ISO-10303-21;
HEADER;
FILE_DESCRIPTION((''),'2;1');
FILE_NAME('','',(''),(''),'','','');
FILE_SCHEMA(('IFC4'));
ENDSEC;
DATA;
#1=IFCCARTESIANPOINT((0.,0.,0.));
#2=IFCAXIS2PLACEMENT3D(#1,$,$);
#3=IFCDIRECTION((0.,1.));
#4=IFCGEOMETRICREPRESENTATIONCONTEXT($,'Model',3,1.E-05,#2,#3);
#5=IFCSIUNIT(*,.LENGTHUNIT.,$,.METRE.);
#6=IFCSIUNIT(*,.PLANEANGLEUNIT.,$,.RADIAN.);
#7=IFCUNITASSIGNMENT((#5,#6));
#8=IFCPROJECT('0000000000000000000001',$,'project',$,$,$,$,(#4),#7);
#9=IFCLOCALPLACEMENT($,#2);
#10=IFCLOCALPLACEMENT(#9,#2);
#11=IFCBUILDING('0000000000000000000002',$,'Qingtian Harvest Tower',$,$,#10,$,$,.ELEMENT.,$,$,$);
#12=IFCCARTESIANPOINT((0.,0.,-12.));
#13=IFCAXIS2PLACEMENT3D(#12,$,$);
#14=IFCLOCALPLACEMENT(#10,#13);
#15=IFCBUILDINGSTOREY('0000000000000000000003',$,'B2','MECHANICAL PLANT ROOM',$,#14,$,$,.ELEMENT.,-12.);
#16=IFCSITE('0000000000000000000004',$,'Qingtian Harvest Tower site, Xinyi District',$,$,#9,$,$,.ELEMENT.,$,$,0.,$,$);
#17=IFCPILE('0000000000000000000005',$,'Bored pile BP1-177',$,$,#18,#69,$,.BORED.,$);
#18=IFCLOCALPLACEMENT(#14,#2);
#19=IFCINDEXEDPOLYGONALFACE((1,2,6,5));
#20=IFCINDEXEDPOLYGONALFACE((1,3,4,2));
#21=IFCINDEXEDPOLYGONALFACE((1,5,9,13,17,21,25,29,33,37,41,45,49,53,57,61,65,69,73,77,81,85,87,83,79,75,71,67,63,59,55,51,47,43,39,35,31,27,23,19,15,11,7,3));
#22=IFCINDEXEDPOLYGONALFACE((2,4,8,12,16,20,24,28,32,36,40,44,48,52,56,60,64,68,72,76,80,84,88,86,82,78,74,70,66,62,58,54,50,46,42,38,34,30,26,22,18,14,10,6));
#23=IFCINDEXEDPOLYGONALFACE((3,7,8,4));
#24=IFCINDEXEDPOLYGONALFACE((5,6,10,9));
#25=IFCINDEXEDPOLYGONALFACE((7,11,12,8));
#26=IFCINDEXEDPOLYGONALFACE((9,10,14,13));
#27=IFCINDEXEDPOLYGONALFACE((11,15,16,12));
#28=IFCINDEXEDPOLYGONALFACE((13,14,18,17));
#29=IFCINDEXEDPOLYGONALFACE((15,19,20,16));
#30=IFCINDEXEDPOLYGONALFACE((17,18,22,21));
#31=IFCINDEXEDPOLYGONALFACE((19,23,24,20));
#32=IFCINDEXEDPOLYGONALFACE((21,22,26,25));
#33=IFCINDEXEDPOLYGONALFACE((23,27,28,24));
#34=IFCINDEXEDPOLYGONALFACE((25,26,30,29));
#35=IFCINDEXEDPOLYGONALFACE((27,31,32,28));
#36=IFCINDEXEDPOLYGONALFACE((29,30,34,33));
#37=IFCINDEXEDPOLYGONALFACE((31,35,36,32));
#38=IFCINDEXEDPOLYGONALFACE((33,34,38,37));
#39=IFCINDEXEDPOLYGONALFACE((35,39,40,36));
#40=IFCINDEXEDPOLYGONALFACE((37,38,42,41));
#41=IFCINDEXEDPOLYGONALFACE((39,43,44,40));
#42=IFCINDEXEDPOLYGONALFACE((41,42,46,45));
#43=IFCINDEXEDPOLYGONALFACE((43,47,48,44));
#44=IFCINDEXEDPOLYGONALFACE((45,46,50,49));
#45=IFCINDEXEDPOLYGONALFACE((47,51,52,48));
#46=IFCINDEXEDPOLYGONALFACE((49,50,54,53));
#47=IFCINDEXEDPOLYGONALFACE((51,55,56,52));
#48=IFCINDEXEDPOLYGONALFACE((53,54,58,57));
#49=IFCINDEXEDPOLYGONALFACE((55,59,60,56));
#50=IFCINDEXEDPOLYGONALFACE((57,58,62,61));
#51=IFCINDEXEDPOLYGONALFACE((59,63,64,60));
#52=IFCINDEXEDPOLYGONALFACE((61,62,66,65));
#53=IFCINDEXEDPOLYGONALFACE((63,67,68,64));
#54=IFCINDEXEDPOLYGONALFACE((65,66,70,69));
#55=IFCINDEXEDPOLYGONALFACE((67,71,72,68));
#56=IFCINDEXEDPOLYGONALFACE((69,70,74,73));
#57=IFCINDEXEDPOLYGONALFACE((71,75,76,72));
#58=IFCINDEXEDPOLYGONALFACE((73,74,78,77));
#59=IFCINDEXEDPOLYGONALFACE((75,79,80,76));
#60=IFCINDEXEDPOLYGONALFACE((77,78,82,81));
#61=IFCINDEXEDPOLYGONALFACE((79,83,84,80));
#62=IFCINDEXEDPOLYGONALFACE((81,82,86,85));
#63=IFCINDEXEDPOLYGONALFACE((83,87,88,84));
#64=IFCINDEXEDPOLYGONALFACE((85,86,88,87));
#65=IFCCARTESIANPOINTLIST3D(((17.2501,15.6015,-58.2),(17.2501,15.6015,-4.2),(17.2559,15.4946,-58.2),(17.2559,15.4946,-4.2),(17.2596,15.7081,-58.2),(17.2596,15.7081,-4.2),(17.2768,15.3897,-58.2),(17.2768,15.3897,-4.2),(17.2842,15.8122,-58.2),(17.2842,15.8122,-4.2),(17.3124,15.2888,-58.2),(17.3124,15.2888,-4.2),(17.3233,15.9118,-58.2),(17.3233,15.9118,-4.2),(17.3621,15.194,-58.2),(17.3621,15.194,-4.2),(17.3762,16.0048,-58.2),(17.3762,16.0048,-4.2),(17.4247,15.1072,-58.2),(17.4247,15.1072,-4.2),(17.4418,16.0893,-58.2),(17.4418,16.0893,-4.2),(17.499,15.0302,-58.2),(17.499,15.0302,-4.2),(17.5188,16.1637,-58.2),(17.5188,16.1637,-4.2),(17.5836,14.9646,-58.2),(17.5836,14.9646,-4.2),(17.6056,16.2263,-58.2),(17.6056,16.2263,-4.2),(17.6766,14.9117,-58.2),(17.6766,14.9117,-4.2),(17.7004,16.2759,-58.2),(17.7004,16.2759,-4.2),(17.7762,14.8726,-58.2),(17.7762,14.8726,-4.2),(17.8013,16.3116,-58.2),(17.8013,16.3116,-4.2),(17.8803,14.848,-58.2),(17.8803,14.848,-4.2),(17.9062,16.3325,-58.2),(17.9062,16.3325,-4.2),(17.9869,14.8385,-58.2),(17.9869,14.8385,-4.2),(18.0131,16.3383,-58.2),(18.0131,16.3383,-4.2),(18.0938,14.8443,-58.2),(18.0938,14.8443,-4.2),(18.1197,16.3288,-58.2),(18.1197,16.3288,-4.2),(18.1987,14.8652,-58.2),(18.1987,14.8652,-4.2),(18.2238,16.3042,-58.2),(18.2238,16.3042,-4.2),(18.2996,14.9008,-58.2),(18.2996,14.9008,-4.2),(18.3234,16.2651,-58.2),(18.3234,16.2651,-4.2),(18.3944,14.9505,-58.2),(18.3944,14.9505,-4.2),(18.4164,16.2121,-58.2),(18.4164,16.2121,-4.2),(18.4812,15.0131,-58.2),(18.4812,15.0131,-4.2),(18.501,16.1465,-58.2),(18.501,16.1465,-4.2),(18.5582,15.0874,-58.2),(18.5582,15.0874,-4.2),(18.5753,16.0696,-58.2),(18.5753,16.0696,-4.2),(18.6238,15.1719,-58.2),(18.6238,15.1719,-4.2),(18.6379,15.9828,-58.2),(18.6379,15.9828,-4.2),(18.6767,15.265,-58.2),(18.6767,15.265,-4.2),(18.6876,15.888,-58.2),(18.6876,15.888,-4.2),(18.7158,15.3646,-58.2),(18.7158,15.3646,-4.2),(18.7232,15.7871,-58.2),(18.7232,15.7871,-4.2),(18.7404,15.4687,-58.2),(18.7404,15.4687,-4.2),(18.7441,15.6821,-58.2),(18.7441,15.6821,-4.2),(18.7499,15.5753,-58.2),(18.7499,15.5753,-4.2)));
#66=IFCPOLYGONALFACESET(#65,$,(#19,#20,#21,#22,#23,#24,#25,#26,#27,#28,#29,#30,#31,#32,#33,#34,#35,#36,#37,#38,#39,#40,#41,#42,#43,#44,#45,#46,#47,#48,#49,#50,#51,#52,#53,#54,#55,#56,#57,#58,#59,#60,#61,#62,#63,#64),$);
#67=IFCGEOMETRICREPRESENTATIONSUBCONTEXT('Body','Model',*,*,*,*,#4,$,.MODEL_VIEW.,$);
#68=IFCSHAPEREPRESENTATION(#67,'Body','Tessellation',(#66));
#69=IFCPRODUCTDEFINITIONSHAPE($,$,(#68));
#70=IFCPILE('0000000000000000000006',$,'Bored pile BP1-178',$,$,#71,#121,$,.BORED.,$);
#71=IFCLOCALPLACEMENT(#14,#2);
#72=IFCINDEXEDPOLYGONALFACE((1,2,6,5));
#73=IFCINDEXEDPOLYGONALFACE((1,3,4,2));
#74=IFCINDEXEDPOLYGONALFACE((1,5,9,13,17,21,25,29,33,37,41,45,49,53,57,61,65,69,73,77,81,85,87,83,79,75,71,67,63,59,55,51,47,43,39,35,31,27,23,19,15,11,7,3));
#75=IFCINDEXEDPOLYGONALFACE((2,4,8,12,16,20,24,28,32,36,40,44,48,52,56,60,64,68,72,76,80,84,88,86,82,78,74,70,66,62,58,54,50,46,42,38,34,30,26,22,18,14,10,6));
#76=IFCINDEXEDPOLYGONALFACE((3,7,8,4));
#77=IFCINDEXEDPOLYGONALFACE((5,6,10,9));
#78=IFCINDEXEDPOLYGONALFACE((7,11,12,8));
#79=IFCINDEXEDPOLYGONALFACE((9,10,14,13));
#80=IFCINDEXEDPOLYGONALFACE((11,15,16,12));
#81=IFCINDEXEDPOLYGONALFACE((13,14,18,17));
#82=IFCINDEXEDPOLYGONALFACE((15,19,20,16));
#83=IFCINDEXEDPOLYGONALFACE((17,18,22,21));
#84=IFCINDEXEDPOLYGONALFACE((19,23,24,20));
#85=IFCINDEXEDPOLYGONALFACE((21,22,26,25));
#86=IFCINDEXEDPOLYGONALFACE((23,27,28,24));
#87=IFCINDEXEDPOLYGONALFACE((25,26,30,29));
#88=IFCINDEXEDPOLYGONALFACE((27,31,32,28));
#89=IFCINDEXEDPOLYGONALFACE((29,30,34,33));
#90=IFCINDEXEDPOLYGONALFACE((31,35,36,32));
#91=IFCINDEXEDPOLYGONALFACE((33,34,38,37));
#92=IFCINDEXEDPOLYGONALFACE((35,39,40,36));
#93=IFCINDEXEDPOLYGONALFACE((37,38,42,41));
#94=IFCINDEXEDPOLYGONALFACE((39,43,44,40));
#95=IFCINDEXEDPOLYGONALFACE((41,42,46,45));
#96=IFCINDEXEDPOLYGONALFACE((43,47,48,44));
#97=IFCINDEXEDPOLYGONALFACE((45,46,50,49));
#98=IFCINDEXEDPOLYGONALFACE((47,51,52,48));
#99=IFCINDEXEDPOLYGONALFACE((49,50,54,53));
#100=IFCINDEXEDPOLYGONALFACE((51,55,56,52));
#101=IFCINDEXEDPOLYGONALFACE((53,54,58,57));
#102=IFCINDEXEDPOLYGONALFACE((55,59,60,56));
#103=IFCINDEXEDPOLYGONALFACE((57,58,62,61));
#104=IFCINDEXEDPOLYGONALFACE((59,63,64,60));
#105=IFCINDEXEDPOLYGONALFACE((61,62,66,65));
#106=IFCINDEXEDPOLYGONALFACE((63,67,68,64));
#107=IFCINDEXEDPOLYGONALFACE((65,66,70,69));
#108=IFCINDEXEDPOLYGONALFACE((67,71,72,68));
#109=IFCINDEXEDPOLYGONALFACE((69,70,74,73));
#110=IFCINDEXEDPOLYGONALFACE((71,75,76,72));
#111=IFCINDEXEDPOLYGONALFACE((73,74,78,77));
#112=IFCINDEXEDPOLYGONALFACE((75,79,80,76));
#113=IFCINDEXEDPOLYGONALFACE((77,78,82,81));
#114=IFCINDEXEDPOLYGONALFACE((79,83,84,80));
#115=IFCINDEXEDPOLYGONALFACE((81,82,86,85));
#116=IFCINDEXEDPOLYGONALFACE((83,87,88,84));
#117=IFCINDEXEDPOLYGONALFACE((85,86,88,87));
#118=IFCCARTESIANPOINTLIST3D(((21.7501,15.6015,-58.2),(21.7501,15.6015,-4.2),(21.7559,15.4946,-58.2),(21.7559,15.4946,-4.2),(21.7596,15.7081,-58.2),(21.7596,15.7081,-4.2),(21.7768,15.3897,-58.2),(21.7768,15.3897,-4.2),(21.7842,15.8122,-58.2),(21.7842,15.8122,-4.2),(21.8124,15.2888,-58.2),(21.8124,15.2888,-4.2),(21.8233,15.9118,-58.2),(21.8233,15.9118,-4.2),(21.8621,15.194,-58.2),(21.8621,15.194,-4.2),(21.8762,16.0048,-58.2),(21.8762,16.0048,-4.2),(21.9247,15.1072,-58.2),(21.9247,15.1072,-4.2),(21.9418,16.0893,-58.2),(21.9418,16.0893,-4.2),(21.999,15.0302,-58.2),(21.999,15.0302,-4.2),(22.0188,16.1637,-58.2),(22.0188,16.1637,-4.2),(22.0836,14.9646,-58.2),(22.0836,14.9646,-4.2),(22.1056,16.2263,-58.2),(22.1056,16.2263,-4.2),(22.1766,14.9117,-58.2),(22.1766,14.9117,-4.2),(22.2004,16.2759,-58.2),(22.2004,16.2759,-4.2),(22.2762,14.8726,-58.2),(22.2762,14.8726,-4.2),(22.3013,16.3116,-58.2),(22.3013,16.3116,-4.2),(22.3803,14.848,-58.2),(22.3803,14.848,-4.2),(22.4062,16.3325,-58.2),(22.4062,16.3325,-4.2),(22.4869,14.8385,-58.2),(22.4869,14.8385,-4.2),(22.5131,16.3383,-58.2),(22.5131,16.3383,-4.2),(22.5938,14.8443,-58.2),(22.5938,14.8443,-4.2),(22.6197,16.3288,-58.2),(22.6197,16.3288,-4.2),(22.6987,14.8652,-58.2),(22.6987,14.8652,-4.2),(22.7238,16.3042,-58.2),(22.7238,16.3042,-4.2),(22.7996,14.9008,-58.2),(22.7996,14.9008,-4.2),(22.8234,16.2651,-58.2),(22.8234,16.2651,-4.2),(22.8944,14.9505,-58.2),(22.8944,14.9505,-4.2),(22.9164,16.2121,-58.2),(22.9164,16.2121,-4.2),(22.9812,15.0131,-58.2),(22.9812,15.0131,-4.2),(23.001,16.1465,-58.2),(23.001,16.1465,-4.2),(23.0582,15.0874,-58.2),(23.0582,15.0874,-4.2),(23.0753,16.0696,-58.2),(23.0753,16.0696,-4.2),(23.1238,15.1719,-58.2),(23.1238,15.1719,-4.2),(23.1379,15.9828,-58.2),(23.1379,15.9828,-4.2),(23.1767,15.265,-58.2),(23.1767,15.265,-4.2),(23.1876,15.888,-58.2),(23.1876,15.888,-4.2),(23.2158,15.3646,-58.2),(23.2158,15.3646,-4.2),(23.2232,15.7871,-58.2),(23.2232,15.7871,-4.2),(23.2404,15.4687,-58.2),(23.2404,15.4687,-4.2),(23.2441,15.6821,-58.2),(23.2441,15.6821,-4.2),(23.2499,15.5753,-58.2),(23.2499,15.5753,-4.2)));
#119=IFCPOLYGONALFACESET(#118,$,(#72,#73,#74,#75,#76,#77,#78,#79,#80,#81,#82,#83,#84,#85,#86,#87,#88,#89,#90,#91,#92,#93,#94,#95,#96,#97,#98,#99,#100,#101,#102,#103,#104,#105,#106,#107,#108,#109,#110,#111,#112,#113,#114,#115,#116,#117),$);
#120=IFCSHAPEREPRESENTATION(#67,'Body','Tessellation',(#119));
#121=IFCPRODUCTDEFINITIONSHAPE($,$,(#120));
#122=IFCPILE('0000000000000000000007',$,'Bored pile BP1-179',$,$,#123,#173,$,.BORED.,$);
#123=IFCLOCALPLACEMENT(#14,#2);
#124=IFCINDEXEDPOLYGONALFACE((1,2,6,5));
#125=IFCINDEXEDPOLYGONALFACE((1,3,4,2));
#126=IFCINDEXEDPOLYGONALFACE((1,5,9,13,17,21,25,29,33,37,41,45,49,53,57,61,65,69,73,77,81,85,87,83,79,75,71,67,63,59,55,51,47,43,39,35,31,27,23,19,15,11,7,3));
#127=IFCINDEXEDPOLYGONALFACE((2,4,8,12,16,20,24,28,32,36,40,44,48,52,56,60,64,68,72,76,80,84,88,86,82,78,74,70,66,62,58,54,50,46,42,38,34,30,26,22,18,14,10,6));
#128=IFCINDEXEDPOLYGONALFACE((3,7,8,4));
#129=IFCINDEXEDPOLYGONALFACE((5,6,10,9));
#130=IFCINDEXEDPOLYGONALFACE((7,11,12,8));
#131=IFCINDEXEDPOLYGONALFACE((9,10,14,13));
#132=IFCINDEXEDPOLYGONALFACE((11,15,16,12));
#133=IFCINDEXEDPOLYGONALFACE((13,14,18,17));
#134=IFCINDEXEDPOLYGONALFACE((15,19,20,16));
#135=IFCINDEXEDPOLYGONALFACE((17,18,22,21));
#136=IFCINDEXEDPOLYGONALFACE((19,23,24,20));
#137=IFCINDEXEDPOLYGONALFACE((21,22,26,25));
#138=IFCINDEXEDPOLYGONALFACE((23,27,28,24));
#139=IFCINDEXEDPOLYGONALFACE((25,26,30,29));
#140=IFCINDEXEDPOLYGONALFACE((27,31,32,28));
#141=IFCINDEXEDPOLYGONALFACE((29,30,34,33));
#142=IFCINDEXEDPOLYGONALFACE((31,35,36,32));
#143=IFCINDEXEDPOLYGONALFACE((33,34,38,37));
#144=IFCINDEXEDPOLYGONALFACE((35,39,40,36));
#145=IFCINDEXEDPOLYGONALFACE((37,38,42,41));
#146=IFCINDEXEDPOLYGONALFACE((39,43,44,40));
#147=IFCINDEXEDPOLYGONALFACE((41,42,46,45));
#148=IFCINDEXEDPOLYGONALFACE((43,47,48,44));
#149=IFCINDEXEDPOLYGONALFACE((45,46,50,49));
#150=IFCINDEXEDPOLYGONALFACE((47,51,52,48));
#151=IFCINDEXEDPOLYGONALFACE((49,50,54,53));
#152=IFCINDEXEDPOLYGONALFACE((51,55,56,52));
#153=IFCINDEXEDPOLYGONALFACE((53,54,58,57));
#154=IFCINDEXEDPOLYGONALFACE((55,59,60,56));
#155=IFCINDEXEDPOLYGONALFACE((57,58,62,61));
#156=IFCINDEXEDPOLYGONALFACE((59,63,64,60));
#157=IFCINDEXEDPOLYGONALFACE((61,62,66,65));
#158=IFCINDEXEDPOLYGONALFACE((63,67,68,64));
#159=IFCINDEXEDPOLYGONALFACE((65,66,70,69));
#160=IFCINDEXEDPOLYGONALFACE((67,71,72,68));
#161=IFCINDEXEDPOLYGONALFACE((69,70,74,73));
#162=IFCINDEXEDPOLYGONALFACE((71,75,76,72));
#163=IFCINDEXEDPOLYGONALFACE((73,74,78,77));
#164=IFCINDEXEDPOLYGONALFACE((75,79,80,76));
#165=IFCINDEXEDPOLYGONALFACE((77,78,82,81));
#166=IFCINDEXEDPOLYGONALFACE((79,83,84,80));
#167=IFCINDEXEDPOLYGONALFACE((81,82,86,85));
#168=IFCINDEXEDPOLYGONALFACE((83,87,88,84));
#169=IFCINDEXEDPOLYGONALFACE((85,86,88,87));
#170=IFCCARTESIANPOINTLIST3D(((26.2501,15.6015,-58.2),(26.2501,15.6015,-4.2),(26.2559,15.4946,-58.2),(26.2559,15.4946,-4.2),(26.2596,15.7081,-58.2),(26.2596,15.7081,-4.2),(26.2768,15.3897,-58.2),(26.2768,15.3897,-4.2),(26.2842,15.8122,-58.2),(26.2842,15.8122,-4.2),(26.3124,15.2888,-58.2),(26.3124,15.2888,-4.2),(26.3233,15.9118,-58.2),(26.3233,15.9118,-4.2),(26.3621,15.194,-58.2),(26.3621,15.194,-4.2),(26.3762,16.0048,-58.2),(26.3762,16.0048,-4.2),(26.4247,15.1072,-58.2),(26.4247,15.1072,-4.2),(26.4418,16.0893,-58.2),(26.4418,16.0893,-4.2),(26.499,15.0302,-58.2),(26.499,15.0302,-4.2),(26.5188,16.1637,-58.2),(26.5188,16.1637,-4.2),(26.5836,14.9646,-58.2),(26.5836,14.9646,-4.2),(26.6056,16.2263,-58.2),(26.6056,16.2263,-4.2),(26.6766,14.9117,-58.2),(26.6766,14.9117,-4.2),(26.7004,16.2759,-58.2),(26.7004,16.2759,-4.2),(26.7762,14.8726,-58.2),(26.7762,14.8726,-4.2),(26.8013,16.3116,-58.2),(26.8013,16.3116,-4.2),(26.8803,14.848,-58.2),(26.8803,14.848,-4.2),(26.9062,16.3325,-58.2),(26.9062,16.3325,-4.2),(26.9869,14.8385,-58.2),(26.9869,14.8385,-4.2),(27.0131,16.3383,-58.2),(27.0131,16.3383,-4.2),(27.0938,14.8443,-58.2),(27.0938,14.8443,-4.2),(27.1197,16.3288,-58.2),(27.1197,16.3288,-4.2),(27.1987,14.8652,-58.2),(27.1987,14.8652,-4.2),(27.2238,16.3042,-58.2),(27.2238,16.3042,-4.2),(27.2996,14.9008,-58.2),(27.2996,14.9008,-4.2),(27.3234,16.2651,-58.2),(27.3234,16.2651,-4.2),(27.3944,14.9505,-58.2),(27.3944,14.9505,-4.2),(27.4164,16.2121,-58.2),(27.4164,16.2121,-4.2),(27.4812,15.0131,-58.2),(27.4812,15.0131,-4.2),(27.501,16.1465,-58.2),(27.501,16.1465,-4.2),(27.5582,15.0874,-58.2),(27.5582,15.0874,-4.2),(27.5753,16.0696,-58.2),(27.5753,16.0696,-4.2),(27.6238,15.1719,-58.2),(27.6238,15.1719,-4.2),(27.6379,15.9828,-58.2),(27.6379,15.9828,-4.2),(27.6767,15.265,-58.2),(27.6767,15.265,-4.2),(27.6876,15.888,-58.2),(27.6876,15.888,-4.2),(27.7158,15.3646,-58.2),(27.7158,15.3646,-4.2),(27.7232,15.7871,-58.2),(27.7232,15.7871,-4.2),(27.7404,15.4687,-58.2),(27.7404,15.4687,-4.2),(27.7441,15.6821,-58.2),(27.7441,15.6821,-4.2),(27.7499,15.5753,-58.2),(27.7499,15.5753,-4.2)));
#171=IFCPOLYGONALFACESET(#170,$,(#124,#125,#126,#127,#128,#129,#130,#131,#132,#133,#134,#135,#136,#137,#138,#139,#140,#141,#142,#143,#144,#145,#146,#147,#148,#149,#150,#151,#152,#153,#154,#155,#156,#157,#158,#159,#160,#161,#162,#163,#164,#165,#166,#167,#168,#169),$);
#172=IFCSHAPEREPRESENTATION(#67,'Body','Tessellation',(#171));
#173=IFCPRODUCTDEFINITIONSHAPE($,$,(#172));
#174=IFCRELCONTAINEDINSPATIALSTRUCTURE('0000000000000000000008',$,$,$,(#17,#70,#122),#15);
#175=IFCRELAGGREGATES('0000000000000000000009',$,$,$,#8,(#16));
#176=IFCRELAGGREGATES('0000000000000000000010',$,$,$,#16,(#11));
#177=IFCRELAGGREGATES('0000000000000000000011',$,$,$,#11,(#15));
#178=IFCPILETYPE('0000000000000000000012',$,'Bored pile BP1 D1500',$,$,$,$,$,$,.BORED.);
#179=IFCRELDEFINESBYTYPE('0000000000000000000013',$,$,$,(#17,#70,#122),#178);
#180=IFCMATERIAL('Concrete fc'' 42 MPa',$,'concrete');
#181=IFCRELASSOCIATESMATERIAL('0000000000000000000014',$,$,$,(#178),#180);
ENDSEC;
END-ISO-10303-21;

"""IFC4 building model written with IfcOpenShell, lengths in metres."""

from ifc_helpers import new_model, si_unit, direction, frame, frame_2d, origin, place, context, subcontext, project, spatial, circle, extrude, material, material_profile, profile_set, type_object, element, save


model = new_model("IFC4")

# Units and contexts
model_context = context("Model", 3, precision=1e-05, world=origin(), true_north=direction((0.0, 1.0)))
body_context = subcontext(model_context, "Body", "Model", "MODEL_VIEW")
ifc_project = project(units=[si_unit("LENGTHUNIT", "METRE"), si_unit("PLANEANGLEUNIT", "RADIAN")], contexts=[model_context])

# Site, building, storey
site_placement = place(None, origin())
site = spatial("IfcSite", under=ifc_project, at=site_placement, Name="Qingtian Harvest Tower site, Xinyi District", CompositionType="ELEMENT", RefElevation=0.0)
building_placement = place(site_placement, origin())
building = spatial("IfcBuilding", under=site, at=building_placement, Name="Qingtian Harvest Tower", CompositionType="ELEMENT")
storey_placement = place(building_placement, frame((0.0, 0.0, -12.0)))
storey = spatial("IfcBuildingStorey", under=building, at=storey_placement, Name="B2", Description="MECHANICAL PLANT ROOM", CompositionType="ELEMENT", Elevation=-12.0)

# Piles
ifc_material_1 = material(Name="Concrete fc' 42 MPa", Category="concrete")
ifc_material_profile_1 = material_profile(ifc_material_1, circle(Radius=0.75, at=frame_2d((0.0, 0.0), x_axis=(0.999848, 0.017452))), Name="Bored pile BP1 D1500")
ifc_profile_set_1 = profile_set([ifc_material_profile_1], Name="Concrete fc' 42 MPa")
pile_type = type_object("IfcPileType", Name="Bored pile BP1 D1500", PredefinedType="BORED", material=ifc_profile_set_1)
for number, where, z_axis, x_axis, name in (
    (1, (18.0, 15.5884, -4.2), (0.0, 0.0, -1.0), (1.0, 0.0, 0.0), "Bored pile BP1-177"),
    (2, (22.5, 15.5884, -4.2), (0.0, 0.0, -1.0), (1.0, 0.0, 0.0), "Bored pile BP1-178"),
    (3, (27.0, 15.5884, -4.2), (0.0, 0.0, -1.0), (1.0, 0.0, 0.0), "Bored pile BP1-179"),
):
    element("IfcPile", number, at=place(storey_placement, frame(where, z_axis=z_axis, x_axis=x_axis)), inside=storey, type_object=pile_type, Name=name, PredefinedType="BORED", context=body_context, shape_type="SweptSolid", body=[
        extrude(circle(Radius=0.75, at=frame_2d((0.0, 0.0), x_axis=(0.999848, 0.017452))), origin(), (0.0, 0.0, 1.0), 54.0),
    ])

save(model, "model.ifc")
